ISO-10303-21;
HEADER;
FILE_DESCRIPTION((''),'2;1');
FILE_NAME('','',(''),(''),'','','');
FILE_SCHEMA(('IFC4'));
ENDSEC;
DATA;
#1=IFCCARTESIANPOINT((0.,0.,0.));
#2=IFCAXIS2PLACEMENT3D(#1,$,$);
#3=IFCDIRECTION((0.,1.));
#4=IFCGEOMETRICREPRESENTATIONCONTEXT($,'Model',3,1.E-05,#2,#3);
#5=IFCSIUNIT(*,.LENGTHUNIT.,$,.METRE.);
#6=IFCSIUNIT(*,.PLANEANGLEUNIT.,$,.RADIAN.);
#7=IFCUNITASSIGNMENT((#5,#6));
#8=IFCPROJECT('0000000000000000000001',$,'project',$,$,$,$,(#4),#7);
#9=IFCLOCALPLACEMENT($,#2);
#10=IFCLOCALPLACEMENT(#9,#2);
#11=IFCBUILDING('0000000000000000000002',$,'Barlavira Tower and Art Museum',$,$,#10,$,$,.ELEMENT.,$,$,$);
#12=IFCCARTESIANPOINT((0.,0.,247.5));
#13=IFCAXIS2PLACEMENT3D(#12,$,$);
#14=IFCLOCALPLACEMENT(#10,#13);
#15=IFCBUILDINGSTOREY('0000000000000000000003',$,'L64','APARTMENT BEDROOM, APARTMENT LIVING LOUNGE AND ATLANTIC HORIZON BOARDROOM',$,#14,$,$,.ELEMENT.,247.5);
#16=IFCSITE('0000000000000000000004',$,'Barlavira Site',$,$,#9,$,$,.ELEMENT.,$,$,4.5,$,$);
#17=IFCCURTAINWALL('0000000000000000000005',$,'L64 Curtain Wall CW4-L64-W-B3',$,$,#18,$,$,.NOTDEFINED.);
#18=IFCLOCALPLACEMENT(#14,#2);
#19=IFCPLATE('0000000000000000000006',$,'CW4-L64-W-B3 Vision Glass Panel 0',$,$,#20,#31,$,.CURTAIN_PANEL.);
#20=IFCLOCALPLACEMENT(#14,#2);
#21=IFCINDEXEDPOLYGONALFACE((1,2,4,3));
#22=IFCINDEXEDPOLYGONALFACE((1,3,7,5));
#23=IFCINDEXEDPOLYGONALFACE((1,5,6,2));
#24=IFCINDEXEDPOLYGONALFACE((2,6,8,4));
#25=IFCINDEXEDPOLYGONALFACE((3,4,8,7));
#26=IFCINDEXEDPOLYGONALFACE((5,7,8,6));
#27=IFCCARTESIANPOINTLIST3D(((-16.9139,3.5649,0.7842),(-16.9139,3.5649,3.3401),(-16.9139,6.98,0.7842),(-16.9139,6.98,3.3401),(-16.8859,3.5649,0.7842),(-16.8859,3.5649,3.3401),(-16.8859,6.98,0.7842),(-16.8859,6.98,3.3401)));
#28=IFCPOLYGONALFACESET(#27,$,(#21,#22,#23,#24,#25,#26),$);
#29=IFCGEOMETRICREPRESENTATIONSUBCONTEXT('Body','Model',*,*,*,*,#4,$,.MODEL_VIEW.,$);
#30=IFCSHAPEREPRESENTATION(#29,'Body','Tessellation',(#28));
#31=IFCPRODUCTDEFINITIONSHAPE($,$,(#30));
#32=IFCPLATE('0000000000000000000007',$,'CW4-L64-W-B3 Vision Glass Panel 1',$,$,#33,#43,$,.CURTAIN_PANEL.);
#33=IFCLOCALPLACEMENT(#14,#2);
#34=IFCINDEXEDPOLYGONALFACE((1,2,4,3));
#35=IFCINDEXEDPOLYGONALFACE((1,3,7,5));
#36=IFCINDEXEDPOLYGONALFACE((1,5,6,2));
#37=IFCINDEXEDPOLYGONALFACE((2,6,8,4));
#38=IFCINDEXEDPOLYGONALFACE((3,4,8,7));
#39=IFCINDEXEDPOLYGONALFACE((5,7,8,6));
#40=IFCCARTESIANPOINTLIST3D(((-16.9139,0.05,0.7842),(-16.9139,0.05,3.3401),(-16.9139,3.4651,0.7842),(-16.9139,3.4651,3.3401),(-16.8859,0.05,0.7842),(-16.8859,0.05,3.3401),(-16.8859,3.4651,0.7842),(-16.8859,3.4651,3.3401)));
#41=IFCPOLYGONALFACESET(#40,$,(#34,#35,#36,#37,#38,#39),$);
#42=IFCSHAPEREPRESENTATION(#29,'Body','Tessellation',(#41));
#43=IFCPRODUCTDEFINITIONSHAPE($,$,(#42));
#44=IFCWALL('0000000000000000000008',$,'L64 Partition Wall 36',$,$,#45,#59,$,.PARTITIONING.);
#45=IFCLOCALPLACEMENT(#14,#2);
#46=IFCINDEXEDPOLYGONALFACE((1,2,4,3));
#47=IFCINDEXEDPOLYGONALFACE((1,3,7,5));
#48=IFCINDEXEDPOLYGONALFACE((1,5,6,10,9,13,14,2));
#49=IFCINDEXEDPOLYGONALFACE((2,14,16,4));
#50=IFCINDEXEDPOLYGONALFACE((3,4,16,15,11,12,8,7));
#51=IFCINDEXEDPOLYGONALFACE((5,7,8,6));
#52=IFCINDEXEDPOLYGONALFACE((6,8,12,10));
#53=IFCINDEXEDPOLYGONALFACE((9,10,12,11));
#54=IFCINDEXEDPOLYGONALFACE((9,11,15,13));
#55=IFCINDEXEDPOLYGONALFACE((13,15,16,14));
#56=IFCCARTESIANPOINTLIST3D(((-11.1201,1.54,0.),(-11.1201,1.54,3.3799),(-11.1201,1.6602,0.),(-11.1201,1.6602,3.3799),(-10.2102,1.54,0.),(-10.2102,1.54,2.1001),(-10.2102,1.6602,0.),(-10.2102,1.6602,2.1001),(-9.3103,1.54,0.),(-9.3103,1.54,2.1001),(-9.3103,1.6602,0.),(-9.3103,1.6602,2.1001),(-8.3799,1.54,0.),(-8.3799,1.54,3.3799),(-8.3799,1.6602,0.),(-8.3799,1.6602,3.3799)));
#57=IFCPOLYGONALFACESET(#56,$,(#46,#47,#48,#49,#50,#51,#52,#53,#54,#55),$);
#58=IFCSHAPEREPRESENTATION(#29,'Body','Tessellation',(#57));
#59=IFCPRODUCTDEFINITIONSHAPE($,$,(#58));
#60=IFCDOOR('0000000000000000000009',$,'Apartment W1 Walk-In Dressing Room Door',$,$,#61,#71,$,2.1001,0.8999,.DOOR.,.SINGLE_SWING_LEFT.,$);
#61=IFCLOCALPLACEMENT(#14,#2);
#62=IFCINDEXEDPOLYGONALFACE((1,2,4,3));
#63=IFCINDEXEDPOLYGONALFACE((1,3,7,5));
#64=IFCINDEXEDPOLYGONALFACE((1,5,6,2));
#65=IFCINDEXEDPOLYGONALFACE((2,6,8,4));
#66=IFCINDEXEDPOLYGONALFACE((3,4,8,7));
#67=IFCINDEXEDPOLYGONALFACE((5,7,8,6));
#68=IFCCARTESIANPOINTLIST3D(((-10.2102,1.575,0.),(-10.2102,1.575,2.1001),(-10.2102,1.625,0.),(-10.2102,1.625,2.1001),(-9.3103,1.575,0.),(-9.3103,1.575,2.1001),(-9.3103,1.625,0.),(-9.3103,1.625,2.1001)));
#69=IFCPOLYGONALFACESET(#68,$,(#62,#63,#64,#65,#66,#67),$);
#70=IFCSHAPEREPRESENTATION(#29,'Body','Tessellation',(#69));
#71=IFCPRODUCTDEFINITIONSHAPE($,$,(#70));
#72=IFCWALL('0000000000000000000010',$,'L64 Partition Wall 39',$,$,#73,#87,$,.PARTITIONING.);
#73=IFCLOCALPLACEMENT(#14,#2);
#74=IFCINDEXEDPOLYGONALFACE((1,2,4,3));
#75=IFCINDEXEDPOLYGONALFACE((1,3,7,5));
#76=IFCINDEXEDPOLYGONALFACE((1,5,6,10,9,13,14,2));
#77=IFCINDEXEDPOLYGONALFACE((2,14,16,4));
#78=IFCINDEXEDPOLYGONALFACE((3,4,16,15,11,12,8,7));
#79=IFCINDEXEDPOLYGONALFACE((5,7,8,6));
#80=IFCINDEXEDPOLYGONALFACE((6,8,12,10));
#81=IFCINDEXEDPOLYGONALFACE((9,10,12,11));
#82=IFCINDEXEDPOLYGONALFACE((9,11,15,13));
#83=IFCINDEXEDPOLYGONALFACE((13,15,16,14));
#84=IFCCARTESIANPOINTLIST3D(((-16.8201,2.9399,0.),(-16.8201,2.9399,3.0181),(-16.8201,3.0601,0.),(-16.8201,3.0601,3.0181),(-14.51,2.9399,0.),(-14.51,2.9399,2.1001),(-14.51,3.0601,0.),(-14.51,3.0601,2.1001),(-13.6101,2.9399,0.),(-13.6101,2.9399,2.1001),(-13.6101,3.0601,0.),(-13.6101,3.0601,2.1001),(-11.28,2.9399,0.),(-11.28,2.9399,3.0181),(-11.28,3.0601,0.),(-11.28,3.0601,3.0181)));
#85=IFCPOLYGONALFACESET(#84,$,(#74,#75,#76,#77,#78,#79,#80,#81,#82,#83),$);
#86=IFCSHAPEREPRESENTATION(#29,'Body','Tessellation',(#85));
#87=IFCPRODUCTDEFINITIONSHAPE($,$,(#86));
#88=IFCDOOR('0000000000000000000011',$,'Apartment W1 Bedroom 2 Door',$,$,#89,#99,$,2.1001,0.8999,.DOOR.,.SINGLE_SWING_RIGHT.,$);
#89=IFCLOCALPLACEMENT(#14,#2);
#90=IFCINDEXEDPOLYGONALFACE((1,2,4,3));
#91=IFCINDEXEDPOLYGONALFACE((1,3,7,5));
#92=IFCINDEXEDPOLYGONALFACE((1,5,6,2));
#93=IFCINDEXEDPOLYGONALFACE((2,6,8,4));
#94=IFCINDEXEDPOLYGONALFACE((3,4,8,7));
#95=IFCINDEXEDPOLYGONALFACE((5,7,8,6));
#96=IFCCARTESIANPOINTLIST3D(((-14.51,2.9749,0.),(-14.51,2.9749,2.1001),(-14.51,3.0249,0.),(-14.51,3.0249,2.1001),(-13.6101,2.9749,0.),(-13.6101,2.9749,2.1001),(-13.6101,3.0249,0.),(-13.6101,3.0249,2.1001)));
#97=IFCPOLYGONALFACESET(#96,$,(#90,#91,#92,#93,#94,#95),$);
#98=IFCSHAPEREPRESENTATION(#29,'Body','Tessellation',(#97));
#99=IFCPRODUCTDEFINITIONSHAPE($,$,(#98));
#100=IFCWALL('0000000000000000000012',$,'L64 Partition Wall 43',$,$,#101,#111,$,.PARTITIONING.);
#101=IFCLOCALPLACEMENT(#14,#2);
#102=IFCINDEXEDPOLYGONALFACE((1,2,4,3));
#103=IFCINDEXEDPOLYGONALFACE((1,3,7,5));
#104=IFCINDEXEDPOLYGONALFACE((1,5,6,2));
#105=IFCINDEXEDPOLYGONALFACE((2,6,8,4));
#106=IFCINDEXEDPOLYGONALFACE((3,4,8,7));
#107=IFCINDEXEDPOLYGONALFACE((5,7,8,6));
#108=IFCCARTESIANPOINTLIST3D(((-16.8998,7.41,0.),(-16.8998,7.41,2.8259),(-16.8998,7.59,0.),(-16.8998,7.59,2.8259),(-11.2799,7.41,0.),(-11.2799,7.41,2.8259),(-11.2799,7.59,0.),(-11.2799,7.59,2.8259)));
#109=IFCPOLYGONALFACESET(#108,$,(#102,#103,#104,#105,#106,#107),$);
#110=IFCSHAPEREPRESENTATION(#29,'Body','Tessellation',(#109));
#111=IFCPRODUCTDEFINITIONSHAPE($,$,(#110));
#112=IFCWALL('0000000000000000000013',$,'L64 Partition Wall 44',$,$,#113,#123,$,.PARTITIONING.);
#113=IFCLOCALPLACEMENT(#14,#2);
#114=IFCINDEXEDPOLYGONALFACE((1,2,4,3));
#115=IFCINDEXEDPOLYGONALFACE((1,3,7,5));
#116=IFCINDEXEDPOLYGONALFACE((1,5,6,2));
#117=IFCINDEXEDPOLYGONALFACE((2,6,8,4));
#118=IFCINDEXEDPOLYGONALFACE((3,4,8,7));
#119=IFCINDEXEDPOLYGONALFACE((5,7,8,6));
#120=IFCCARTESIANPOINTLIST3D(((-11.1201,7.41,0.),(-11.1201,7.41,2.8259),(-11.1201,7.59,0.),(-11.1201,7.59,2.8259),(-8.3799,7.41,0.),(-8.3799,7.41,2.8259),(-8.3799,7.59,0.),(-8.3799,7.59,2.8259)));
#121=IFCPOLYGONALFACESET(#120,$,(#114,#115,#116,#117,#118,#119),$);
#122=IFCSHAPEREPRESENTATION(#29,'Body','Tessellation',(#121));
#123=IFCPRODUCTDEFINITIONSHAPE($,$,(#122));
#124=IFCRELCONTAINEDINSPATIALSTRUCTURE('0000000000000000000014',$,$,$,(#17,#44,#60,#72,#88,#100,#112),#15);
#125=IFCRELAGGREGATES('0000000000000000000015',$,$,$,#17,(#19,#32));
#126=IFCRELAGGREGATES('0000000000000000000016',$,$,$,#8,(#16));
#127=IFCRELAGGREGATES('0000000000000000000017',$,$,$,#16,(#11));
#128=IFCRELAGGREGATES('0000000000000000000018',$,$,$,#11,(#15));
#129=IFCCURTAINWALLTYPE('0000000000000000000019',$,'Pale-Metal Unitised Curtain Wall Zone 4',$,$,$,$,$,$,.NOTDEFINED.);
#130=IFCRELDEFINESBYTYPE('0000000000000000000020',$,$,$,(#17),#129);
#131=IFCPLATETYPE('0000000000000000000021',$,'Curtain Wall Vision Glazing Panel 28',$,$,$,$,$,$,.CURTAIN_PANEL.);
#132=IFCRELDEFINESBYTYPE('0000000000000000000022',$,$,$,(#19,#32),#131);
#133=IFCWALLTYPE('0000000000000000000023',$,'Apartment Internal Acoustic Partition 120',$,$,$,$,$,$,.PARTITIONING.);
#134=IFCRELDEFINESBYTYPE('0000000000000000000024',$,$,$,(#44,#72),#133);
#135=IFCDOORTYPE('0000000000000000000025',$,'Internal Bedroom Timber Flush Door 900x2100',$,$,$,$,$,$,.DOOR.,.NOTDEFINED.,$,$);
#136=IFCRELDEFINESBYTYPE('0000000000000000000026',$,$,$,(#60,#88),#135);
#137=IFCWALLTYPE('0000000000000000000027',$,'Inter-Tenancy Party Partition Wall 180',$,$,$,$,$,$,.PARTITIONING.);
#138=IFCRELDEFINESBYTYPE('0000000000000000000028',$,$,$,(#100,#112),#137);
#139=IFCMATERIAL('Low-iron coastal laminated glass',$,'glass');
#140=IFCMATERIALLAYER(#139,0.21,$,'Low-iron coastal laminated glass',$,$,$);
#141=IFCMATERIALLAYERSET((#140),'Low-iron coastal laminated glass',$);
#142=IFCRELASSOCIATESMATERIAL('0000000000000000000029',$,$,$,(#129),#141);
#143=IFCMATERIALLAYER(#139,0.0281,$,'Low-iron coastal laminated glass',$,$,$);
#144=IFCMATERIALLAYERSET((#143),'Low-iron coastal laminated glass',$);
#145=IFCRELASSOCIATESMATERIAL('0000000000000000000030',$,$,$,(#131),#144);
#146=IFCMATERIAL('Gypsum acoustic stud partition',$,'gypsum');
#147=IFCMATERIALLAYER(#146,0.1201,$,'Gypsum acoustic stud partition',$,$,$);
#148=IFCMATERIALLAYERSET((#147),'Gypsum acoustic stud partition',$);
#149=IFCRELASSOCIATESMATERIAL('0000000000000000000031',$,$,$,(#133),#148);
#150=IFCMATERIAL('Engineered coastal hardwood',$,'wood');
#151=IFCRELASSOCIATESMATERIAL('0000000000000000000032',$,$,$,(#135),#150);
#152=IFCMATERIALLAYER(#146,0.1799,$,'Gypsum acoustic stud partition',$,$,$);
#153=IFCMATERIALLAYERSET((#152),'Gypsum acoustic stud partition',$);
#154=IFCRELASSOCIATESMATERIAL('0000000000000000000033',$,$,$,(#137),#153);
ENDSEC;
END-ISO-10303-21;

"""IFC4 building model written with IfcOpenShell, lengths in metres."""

from ifc_helpers import new_model, si_unit, direction, frame, frame_2d, origin, origin_2d, place, context, subcontext, project, spatial, rectangle, extrude, material, layer, layer_set, type_object, element, fill, aggregate, save


model = new_model("IFC4")

# Units and contexts
model_context = context("Model", 3, precision=1e-05, world=origin(), true_north=direction((0.0, 1.0)))
body_context = subcontext(model_context, "Body", "Model", "MODEL_VIEW")
ifc_project = project(units=[si_unit("LENGTHUNIT", "METRE"), si_unit("PLANEANGLEUNIT", "RADIAN")], contexts=[model_context])

# Site, building, storey
site_placement = place(None, origin())
site = spatial("IfcSite", under=ifc_project, at=site_placement, Name="Barlavira Site", CompositionType="ELEMENT", RefElevation=4.5)
building_placement = place(site_placement, origin())
building = spatial("IfcBuilding", under=site, at=building_placement, Name="Barlavira Tower and Art Museum", CompositionType="ELEMENT")
storey_placement = place(building_placement, frame((0.0, 0.0, 247.5)))
storey = spatial("IfcBuildingStorey", under=building, at=storey_placement, Name="L64", Description="APARTMENT BEDROOM, APARTMENT LIVING LOUNGE AND ATLANTIC HORIZON BOARDROOM", CompositionType="ELEMENT", Elevation=247.5)

# Curtain wall
ifc_material_1 = material(Name="Low-iron coastal laminated glass", Category="glass")
ifc_layer_1 = layer(ifc_material_1, 0.21, Name="Low-iron coastal laminated glass")
ifc_layer_set_1 = layer_set([ifc_layer_1], Name="Low-iron coastal laminated glass")
curtain_wall_type = type_object("IfcCurtainWallType", Name="Pale-Metal Unitised Curtain Wall Zone 4", PredefinedType="NOTDEFINED", material=ifc_layer_set_1)
curtain_wall_placement = place(storey_placement, origin())
curtain_wall = element("IfcCurtainWall", 1, at=curtain_wall_placement, inside=storey, type_object=curtain_wall_type, Name="L64 Curtain Wall CW4-L64-W-B3", PredefinedType="NOTDEFINED")

# Plates
ifc_layer_2 = layer(ifc_material_1, 0.0281, Name="Low-iron coastal laminated glass")
ifc_layer_set_2 = layer_set([ifc_layer_2], Name="Low-iron coastal laminated glass")
plate_type_1 = type_object("IfcPlateType", Name="Curtain Wall Vision Glazing Panel 28", PredefinedType="CURTAIN_PANEL", material=ifc_layer_set_2)
plate_1_placement = place(storey_placement, frame((-16.8999, 5.2725, 0.7842), z_axis=(0.0, 0.0, 1.0), x_axis=(0.0, -1.0, 0.0)))
plate_1 = element("IfcPlate", 2, at=plate_1_placement, type_object=plate_type_1, Name="CW4-L64-W-B3 Vision Glass Panel 0", PredefinedType="CURTAIN_PANEL", context=body_context, shape_type="SweptSolid", body=[
    extrude(rectangle(XDim=3.415, YDim=0.0281, at=origin_2d()), origin(), (0.0, 0.0, 1.0), 2.5559),
])
plate_2_placement = place(storey_placement, frame((-16.8999, 1.7576, 0.7842), z_axis=(0.0, 0.0, 1.0), x_axis=(0.0, -1.0, 0.0)))
plate_2 = element("IfcPlate", 3, at=plate_2_placement, type_object=plate_type_1, Name="CW4-L64-W-B3 Vision Glass Panel 1", PredefinedType="CURTAIN_PANEL", context=body_context, shape_type="SweptSolid", body=[
    extrude(rectangle(XDim=3.415, YDim=0.0281, at=origin_2d()), origin(), (0.0, 0.0, 1.0), 2.5559),
])
aggregate(curtain_wall, [plate_1, plate_2])

# Walls, openings, doors
ifc_material_2 = material(Name="Gypsum acoustic stud partition", Category="gypsum")
ifc_layer_3 = layer(ifc_material_2, 0.1201, Name="Gypsum acoustic stud partition")
ifc_layer_set_3 = layer_set([ifc_layer_3], Name="Gypsum acoustic stud partition")
wall_type_1 = type_object("IfcWallType", Name="Apartment Internal Acoustic Partition 120", PredefinedType="PARTITIONING", material=ifc_layer_set_3)
wall_1_placement = place(storey_placement, frame((-11.1201, 1.6001, 0.0), z_axis=(0.0, 0.0, 1.0), x_axis=(1.0, 0.0, 0.0)))
wall_1 = element("IfcWall", 4, at=wall_1_placement, inside=storey, type_object=wall_type_1, Name="L64 Partition Wall 36", PredefinedType="PARTITIONING", context=body_context, shape_type="SweptSolid", body=[
    extrude(rectangle(XDim=2.7402, YDim=0.1201, at=frame_2d((1.3701, 0.0))), origin(), (0.0, 0.0, 1.0), 3.3799),
])
opening_1_placement = place(wall_1_placement, frame((0.9099, 0.0, 0.0)))
opening_1 = element("IfcOpeningElement", 5, at=opening_1_placement, cuts=wall_1, PredefinedType="OPENING", context=body_context, shape_type="SweptSolid", body=[
    extrude(rectangle(XDim=0.8999, YDim=2.1001, at=frame_2d((0.45, 1.05))), frame((0.0, 0.0701, 0.0), z_axis=(0.0, -1.0, 0.0), x_axis=(1.0, 0.0, 0.0)), (0.0, 0.0, 1.0), 0.1401),
])
ifc_material_3 = material(Name="Engineered coastal hardwood", Category="wood")
door_type = type_object("IfcDoorType", Name="Internal Bedroom Timber Flush Door 900x2100", OperationType="NOTDEFINED", PredefinedType="DOOR", material=ifc_material_3)
door_1_placement = place(opening_1_placement, origin())
door_1 = element("IfcDoor", 6, at=door_1_placement, inside=storey, type_object=door_type, Name="Apartment W1 Walk-In Dressing Room Door", OperationType="SINGLE_SWING_LEFT", OverallHeight=2.1001, OverallWidth=0.8999, PredefinedType="DOOR", context=body_context, shape_type="SweptSolid", body=[
    extrude(rectangle(XDim=0.8999, YDim=2.1001, at=frame_2d((0.45, 1.05))), frame((0.0, 0.0249, 0.0), z_axis=(0.0, -1.0, 0.0), x_axis=(1.0, 0.0, 0.0)), (0.0, 0.0, 1.0), 0.05),
])
fill(opening_1, door_1)
wall_2_placement = place(storey_placement, frame((-16.8201, 3.0, 0.0), z_axis=(0.0, 0.0, 1.0), x_axis=(1.0, 0.0, 0.0)))
wall_2 = element("IfcWall", 7, at=wall_2_placement, inside=storey, type_object=wall_type_1, Name="L64 Partition Wall 39", PredefinedType="PARTITIONING", context=body_context, shape_type="SweptSolid", body=[
    extrude(rectangle(XDim=5.54, YDim=0.1201, at=frame_2d((2.77, 0.0))), origin(), (0.0, 0.0, 1.0), 3.0181),
])
opening_2_placement = place(wall_2_placement, frame((2.3101, 0.0, 0.0)))
opening_2 = element("IfcOpeningElement", 8, at=opening_2_placement, cuts=wall_2, PredefinedType="OPENING", context=body_context, shape_type="SweptSolid", body=[
    extrude(rectangle(XDim=0.8999, YDim=2.1001, at=frame_2d((0.45, 1.05))), frame((0.0, 0.0701, 0.0), z_axis=(0.0, -1.0, 0.0), x_axis=(1.0, 0.0, 0.0)), (0.0, 0.0, 1.0), 0.1401),
])
door_2_placement = place(opening_2_placement, origin())
door_2 = element("IfcDoor", 9, at=door_2_placement, inside=storey, type_object=door_type, Name="Apartment W1 Bedroom 2 Door", OperationType="SINGLE_SWING_RIGHT", OverallHeight=2.1001, OverallWidth=0.8999, PredefinedType="DOOR", context=body_context, shape_type="SweptSolid", body=[
    extrude(rectangle(XDim=0.8999, YDim=2.1001, at=frame_2d((0.45, 1.05))), frame((0.0, 0.0249, 0.0), z_axis=(0.0, -1.0, 0.0), x_axis=(1.0, 0.0, 0.0)), (0.0, 0.0, 1.0), 0.05),
])
fill(opening_2, door_2)

# Walls
ifc_layer_4 = layer(ifc_material_2, 0.1799, Name="Gypsum acoustic stud partition")
ifc_layer_set_4 = layer_set([ifc_layer_4], Name="Gypsum acoustic stud partition")
wall_type_2 = type_object("IfcWallType", Name="Inter-Tenancy Party Partition Wall 180", PredefinedType="PARTITIONING", material=ifc_layer_set_4)
wall_3_placement = place(storey_placement, frame((-16.8999, 7.5, 0.0), z_axis=(0.0, 0.0, 1.0), x_axis=(1.0, 0.0, 0.0)))
element("IfcWall", 10, at=wall_3_placement, inside=storey, type_object=wall_type_2, Name="L64 Partition Wall 43", PredefinedType="PARTITIONING", context=body_context, shape_type="SweptSolid", body=[
    extrude(rectangle(XDim=5.6199, YDim=0.1799, at=frame_2d((2.8101, 0.0))), origin(), (0.0, 0.0, 1.0), 2.8259),
])
wall_4_placement = place(storey_placement, frame((-11.1201, 7.5, 0.0), z_axis=(0.0, 0.0, 1.0), x_axis=(1.0, 0.0, 0.0)))
element("IfcWall", 11, at=wall_4_placement, inside=storey, type_object=wall_type_2, Name="L64 Partition Wall 44", PredefinedType="PARTITIONING", context=body_context, shape_type="SweptSolid", body=[
    extrude(rectangle(XDim=2.7402, YDim=0.1799, at=frame_2d((1.3701, 0.0))), origin(), (0.0, 0.0, 1.0), 2.8259),
])

save(model, "model.ifc")
